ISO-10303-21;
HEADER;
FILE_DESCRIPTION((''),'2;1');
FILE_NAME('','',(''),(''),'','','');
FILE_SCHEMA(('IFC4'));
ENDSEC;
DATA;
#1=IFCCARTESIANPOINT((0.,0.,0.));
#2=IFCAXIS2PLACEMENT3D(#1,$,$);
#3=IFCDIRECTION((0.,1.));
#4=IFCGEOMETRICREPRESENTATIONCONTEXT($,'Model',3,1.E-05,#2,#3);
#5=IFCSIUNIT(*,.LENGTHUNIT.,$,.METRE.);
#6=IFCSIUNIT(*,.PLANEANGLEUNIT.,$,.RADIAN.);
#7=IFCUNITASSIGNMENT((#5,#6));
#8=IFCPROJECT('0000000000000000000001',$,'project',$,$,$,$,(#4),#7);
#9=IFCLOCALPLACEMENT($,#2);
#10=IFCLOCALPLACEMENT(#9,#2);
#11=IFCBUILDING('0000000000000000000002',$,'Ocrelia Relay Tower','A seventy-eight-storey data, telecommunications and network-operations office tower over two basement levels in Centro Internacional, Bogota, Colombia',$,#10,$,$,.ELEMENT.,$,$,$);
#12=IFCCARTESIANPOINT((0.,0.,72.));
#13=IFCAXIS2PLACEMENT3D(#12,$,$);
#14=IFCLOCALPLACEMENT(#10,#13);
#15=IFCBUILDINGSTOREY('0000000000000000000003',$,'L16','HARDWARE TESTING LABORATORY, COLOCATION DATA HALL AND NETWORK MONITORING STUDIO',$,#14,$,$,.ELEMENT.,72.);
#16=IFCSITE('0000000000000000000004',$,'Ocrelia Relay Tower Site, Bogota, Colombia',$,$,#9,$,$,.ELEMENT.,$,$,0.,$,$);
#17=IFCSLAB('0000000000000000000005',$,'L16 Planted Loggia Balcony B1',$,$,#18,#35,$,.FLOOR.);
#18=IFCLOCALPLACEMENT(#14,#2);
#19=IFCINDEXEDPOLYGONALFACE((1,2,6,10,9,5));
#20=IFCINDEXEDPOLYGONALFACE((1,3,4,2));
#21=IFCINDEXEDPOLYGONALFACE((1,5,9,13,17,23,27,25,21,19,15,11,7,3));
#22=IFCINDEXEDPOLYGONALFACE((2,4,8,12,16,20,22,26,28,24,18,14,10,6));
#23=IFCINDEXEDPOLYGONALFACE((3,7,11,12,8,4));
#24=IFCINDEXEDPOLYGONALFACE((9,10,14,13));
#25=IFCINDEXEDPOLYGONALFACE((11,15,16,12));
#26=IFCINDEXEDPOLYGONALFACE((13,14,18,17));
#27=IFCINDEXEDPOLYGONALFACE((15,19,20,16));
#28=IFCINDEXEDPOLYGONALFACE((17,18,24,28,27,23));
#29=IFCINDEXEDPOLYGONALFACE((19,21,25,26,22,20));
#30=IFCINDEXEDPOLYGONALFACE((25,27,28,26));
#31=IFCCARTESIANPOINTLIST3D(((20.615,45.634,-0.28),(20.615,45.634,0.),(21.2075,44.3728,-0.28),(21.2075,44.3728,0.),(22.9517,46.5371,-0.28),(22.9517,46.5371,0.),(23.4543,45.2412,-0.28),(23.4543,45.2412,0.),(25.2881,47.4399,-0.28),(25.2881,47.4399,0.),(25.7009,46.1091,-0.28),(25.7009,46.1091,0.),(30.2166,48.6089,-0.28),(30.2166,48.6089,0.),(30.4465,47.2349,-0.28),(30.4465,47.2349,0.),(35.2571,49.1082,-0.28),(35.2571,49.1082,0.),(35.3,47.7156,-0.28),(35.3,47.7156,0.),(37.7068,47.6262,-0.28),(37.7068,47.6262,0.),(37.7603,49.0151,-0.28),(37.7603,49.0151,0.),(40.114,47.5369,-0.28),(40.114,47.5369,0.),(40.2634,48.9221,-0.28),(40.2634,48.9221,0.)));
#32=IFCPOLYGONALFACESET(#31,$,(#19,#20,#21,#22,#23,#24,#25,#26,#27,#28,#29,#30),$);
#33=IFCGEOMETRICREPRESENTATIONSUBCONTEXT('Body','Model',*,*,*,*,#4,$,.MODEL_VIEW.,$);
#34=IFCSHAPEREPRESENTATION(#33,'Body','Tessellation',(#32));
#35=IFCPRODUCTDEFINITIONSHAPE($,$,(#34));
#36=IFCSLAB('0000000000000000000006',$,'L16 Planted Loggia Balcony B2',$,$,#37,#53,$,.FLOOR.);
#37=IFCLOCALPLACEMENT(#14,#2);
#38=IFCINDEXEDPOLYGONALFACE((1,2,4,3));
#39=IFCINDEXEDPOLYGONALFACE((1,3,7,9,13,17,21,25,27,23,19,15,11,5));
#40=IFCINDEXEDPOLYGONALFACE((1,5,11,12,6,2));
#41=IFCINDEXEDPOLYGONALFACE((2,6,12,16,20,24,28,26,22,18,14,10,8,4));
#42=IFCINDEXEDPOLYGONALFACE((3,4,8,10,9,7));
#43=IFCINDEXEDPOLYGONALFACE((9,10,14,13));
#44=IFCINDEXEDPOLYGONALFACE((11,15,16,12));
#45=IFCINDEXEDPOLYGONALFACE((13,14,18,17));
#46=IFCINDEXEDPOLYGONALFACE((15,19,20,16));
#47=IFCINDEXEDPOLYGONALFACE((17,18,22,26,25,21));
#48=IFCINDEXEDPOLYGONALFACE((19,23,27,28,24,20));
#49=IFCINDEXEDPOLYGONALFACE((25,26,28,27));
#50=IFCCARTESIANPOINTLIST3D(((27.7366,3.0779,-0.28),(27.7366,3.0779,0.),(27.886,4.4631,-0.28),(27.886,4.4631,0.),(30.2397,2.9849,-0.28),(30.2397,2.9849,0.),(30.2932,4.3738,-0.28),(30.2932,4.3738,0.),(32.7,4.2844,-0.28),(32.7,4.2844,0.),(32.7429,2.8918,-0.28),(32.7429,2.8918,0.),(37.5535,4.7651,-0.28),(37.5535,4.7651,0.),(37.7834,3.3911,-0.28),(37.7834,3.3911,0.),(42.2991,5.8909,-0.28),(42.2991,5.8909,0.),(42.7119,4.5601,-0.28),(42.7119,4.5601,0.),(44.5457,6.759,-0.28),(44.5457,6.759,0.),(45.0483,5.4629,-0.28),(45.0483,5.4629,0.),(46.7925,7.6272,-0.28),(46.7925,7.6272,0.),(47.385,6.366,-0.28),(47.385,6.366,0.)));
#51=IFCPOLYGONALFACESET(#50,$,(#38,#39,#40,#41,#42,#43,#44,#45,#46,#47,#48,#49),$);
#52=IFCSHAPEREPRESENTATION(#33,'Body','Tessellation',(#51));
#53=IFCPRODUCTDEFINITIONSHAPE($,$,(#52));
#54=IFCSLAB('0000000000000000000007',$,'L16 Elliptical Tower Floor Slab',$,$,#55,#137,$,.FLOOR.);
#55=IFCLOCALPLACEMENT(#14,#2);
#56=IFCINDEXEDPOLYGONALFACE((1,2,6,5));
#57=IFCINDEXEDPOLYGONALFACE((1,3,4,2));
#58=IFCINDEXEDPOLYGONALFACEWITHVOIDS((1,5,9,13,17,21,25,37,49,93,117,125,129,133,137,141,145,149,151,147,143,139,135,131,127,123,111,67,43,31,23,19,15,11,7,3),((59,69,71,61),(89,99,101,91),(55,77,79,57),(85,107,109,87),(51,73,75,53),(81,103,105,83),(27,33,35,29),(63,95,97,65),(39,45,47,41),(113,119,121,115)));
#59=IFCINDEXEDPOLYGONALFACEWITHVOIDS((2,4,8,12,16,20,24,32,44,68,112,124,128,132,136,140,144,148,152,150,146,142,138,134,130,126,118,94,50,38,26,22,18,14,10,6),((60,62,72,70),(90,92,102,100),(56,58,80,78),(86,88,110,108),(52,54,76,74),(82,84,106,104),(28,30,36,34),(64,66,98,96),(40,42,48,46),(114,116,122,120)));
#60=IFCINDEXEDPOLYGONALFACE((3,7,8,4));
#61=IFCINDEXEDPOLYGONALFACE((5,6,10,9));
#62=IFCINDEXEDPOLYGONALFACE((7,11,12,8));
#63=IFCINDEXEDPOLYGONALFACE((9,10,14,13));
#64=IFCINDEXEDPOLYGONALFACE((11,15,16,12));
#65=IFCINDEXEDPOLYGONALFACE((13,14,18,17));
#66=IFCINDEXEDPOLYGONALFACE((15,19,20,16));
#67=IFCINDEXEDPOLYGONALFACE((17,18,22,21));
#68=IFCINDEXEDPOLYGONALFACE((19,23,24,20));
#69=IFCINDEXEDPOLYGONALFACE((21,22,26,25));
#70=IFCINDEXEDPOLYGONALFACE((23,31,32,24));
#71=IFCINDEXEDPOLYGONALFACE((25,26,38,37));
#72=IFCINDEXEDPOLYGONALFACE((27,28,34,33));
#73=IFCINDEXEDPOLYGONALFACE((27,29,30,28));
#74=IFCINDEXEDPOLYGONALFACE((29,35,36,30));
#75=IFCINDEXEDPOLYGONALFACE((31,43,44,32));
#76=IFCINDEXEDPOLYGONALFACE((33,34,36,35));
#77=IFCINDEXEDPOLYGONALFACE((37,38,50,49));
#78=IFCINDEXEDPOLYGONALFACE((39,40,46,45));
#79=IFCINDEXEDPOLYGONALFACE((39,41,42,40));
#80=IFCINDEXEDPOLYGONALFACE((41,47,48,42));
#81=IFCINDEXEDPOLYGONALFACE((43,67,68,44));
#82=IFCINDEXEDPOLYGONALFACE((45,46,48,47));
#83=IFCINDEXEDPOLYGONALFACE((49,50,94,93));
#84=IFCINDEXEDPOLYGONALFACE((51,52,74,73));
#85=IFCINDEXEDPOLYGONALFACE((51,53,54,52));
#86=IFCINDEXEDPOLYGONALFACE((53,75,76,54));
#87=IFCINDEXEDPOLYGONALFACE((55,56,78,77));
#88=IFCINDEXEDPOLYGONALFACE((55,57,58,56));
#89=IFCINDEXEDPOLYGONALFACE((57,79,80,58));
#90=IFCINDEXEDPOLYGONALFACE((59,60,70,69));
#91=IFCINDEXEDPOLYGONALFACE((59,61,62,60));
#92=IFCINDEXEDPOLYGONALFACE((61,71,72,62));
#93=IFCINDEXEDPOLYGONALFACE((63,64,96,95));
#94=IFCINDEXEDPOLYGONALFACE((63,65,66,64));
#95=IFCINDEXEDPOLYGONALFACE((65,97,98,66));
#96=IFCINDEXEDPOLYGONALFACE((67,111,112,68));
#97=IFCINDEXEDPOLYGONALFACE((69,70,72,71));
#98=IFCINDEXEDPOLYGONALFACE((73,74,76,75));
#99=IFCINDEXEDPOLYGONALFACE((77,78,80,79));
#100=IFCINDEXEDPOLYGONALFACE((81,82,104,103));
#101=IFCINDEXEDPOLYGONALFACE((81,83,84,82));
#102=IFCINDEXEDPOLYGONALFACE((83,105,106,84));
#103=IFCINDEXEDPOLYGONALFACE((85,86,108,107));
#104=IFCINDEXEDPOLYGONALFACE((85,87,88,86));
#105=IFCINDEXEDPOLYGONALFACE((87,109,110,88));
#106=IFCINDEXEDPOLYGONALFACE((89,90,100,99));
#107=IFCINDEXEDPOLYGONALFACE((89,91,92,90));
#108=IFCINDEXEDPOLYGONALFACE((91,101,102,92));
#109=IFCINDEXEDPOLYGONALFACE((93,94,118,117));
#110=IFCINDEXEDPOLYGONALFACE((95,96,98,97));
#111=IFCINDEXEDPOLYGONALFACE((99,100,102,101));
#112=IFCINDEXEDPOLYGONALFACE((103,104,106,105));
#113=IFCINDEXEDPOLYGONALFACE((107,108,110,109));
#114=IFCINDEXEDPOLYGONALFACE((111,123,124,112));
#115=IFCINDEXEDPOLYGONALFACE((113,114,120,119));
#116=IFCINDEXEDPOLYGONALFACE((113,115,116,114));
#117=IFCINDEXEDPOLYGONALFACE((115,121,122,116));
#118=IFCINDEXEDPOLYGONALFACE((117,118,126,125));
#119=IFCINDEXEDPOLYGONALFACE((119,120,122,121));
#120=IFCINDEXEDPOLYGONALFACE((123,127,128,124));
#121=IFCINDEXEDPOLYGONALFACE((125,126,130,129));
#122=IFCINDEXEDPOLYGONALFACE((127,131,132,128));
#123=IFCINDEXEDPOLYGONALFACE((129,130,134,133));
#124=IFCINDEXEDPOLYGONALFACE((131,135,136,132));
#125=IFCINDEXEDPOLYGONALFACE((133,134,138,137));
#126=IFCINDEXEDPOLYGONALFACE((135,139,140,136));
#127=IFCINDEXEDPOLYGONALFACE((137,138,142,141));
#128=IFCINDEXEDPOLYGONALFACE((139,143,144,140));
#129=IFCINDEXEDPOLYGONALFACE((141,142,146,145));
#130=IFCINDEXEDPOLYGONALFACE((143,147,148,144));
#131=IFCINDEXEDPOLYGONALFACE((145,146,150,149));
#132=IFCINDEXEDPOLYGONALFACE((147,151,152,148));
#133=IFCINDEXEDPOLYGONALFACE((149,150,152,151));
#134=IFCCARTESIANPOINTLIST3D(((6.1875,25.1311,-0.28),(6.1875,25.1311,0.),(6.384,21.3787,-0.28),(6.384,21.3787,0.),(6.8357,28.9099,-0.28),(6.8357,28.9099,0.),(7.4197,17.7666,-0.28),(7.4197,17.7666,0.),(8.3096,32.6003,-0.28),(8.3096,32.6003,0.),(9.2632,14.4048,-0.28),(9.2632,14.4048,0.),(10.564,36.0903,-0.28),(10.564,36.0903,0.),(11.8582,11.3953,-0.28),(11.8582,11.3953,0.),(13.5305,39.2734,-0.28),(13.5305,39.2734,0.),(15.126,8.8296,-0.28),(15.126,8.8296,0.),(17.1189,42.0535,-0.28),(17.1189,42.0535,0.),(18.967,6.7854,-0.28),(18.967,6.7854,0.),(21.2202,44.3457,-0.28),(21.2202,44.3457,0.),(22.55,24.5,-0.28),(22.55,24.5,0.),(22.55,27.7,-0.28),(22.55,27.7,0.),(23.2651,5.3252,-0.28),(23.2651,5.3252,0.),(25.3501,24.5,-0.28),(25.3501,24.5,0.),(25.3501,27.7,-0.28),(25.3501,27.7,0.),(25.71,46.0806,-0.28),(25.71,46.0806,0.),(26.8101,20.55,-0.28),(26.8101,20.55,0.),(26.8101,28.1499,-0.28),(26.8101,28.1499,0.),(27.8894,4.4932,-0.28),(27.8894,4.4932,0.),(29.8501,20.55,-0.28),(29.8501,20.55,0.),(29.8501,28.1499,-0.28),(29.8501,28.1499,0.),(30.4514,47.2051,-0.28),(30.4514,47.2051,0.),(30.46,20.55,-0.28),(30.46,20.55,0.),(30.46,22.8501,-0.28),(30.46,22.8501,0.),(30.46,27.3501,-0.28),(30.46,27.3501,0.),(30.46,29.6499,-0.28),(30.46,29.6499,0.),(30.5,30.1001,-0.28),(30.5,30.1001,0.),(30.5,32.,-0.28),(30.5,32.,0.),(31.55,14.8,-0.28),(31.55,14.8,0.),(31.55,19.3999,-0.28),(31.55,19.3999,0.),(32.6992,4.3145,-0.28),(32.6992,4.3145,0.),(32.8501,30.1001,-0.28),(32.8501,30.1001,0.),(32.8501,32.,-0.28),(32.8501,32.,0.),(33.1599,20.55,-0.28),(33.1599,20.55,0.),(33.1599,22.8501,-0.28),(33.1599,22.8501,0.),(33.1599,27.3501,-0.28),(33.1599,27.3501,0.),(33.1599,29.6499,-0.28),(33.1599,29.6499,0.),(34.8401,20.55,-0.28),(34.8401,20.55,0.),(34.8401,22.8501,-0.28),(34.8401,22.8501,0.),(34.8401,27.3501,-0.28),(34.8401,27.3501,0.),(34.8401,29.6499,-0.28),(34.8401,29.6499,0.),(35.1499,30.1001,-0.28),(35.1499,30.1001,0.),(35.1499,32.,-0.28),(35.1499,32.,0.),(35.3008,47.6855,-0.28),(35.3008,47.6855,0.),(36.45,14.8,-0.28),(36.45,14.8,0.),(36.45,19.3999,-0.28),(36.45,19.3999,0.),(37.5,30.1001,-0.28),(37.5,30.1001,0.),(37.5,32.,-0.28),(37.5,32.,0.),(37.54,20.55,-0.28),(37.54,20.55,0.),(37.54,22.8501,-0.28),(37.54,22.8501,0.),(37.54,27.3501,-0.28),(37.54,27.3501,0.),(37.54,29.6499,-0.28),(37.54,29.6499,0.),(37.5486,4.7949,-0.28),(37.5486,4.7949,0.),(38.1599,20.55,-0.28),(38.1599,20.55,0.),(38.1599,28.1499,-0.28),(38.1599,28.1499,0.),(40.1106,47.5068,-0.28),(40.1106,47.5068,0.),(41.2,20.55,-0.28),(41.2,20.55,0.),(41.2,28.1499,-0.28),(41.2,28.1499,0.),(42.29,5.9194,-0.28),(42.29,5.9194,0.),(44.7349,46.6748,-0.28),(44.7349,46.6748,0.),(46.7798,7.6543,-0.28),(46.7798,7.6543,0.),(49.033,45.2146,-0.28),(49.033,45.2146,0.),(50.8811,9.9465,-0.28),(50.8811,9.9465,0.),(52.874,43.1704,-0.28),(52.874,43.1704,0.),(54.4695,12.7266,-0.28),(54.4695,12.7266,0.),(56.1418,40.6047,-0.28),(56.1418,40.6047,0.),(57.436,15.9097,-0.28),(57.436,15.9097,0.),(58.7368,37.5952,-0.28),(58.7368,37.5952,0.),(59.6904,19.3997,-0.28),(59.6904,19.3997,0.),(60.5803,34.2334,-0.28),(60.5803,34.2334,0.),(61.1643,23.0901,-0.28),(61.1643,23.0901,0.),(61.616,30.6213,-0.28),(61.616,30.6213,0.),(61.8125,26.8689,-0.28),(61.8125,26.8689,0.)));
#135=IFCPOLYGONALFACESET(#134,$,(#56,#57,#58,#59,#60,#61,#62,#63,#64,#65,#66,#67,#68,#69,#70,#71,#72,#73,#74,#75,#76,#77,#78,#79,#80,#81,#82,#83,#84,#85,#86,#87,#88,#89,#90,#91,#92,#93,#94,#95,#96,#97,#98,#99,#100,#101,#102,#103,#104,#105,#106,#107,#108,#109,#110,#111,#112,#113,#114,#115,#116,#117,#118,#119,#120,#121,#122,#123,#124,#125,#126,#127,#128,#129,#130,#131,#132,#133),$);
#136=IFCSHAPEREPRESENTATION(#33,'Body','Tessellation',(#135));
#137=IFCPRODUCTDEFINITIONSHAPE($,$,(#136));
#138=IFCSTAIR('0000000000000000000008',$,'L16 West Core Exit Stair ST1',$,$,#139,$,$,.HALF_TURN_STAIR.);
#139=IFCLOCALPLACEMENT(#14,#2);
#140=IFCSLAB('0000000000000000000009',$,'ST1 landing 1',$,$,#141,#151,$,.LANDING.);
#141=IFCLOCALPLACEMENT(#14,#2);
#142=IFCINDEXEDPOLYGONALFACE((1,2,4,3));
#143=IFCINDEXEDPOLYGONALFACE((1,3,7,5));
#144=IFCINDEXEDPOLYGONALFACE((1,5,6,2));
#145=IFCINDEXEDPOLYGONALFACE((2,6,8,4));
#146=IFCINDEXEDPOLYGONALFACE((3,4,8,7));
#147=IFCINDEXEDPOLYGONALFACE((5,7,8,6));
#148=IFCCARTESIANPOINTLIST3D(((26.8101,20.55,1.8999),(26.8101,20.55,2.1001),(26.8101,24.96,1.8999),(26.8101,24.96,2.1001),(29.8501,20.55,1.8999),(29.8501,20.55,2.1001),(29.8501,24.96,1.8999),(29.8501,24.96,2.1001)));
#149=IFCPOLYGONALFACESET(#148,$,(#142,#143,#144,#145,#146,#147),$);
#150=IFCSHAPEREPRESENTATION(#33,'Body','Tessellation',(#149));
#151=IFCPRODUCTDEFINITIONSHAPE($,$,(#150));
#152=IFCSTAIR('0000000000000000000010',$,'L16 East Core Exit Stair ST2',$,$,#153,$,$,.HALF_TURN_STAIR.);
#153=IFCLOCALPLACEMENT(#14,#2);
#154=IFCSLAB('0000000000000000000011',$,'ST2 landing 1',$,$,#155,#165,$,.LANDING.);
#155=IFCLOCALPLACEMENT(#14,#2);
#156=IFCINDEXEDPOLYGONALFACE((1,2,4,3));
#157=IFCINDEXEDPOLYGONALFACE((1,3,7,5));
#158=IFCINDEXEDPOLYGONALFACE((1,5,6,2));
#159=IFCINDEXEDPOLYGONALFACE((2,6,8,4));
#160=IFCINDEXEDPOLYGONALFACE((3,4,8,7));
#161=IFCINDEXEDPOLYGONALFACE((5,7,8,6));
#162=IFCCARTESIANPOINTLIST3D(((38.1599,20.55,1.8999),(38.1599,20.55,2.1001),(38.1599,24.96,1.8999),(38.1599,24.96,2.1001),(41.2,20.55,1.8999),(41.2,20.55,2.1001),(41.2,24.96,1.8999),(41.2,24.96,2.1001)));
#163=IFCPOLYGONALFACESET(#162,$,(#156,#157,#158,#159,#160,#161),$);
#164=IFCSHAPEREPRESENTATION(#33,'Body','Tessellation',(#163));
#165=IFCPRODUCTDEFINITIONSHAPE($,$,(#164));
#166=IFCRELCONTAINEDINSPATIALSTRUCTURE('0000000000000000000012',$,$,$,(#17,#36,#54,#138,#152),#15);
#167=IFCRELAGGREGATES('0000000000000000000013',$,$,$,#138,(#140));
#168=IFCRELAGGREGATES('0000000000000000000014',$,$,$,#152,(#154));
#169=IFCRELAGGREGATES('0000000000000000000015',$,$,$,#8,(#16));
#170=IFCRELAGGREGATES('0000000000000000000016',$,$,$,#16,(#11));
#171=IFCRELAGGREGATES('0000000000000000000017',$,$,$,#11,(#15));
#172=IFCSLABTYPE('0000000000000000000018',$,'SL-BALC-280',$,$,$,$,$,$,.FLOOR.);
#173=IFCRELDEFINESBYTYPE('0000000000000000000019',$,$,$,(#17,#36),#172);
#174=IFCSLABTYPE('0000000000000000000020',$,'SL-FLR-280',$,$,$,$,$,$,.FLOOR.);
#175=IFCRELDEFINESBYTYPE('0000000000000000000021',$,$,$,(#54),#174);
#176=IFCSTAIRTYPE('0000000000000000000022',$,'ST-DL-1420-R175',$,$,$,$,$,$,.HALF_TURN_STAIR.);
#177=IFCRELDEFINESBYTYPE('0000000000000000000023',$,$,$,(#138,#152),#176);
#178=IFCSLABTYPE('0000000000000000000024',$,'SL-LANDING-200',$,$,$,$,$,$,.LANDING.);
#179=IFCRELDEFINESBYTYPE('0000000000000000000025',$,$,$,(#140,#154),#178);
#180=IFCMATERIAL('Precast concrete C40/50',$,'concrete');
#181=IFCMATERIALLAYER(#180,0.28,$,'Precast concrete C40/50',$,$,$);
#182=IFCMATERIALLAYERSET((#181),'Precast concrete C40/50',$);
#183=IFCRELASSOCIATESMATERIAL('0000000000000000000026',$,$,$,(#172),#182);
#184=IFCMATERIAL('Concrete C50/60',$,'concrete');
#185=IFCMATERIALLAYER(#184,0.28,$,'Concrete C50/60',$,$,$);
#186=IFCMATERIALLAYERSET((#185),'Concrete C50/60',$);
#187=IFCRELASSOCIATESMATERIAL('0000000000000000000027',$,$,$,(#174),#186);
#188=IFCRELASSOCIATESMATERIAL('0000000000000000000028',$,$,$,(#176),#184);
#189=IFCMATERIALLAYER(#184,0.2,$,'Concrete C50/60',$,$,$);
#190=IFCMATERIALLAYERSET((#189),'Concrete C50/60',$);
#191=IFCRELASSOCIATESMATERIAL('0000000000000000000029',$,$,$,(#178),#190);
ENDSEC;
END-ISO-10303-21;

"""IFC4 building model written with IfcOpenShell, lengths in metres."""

from ifc_helpers import new_model, si_unit, direction, frame, origin, place, context, subcontext, project, spatial, polyline, outline, extrude, material, layer, layer_set, type_object, element, aggregate, save


model = new_model("IFC4")

# Units and contexts
model_context = context("Model", 3, precision=1e-05, world=origin(), true_north=direction((0.0, 1.0)))
body_context = subcontext(model_context, "Body", "Model", "MODEL_VIEW")
ifc_project = project(units=[si_unit("LENGTHUNIT", "METRE"), si_unit("PLANEANGLEUNIT", "RADIAN")], contexts=[model_context])

# Site, building, storey
site_placement = place(None, origin())
site = spatial("IfcSite", under=ifc_project, at=site_placement, Name="Ocrelia Relay Tower Site, Bogota, Colombia", CompositionType="ELEMENT", RefElevation=0.0)
building_placement = place(site_placement, origin())
building = spatial("IfcBuilding", under=site, at=building_placement, Name="Ocrelia Relay Tower", Description="A seventy-eight-storey data, telecommunications and network-operations office tower over two basement levels in Centro Internacional, Bogota, Colombia", CompositionType="ELEMENT")
storey_placement = place(building_placement, frame((0.0, 0.0, 72.0)))
storey = spatial("IfcBuildingStorey", under=building, at=storey_placement, Name="L16", Description="HARDWARE TESTING LABORATORY, COLOCATION DATA HALL AND NETWORK MONITORING STUDIO", CompositionType="ELEMENT", Elevation=72.0)

# Slabs
ifc_material_1 = material(Name="Precast concrete C40/50", Category="concrete")
ifc_layer_1 = layer(ifc_material_1, 0.28, Name="Precast concrete C40/50")
ifc_layer_set_1 = layer_set([ifc_layer_1], Name="Precast concrete C40/50")
slab_type_1 = type_object("IfcSlabType", Name="SL-BALC-280", PredefinedType="FLOOR", material=ifc_layer_set_1)
slab_1_placement = place(storey_placement, frame((0.0, 0.0, -0.28)))
element("IfcSlab", 1, at=slab_1_placement, inside=storey, type_object=slab_type_1, Name="L16 Planted Loggia Balcony B1", PredefinedType="FLOOR", context=body_context, shape_type="SweptSolid", body=[
    extrude(outline(polyline([(40.114, 47.5369), (37.7068, 47.6262), (35.3, 47.7156), (30.4465, 47.2349), (25.7009, 46.1091), (23.4543, 45.2412), (21.2075, 44.3728), (20.615, 45.634), (22.9517, 46.5371), (25.2881, 47.4399), (30.2166, 48.6089), (35.2571, 49.1082), (37.7603, 49.0151), (40.2634, 48.9221), (40.114, 47.5369)])), origin(), (0.0, 0.0, 1.0), 0.28),
])
slab_2_placement = place(storey_placement, frame((0.0, 0.0, -0.28)))
element("IfcSlab", 2, at=slab_2_placement, inside=storey, type_object=slab_type_1, Name="L16 Planted Loggia Balcony B2", PredefinedType="FLOOR", context=body_context, shape_type="SweptSolid", body=[
    extrude(outline(polyline([(27.886, 4.4631), (30.2932, 4.3738), (32.7, 4.2844), (37.5535, 4.7651), (42.2991, 5.8909), (44.5457, 6.759), (46.7925, 7.6272), (47.385, 6.366), (45.0483, 5.4629), (42.7119, 4.5601), (37.7834, 3.3911), (32.7429, 2.8918), (30.2397, 2.9849), (27.7366, 3.0779), (27.886, 4.4631)])), origin(), (0.0, 0.0, 1.0), 0.28),
])
ifc_material_2 = material(Name="Concrete C50/60", Category="concrete")
ifc_layer_2 = layer(ifc_material_2, 0.28, Name="Concrete C50/60")
ifc_layer_set_2 = layer_set([ifc_layer_2], Name="Concrete C50/60")
slab_type_2 = type_object("IfcSlabType", Name="SL-FLR-280", PredefinedType="FLOOR", material=ifc_layer_set_2)
slab_3_placement = place(storey_placement, frame((0.0, 0.0, -0.28)))
element("IfcSlab", 3, at=slab_3_placement, inside=storey, type_object=slab_type_2, Name="L16 Elliptical Tower Floor Slab", PredefinedType="FLOOR", context=body_context, shape_type="SweptSolid", body=[
    extrude(outline(polyline([(61.616, 30.6213), (60.5803, 34.2334), (58.7368, 37.5952), (56.1418, 40.6047), (52.874, 43.1704), (49.033, 45.2146), (44.7349, 46.6748), (40.1106, 47.5068), (35.3008, 47.6855), (30.4514, 47.2051), (25.71, 46.0806), (21.2202, 44.3457), (17.1189, 42.0535), (13.5305, 39.2734), (10.564, 36.0903), (8.3096, 32.6003), (6.8357, 28.9099), (6.1875, 25.1311), (6.384, 21.3787), (7.4197, 17.7666), (9.2632, 14.4048), (11.8582, 11.3953), (15.126, 8.8296), (18.967, 6.7854), (23.2651, 5.3252), (27.8894, 4.4932), (32.6992, 4.3145), (37.5486, 4.7949), (42.29, 5.9194), (46.7798, 7.6543), (50.8811, 9.9465), (54.4695, 12.7266), (57.436, 15.9097), (59.6904, 19.3997), (61.1643, 23.0901), (61.8125, 26.8689), (61.616, 30.6213)]), holes=[polyline([(26.8101, 28.1499), (26.8101, 20.55), (29.8501, 20.55), (29.8501, 28.1499), (26.8101, 28.1499)]), polyline([(38.1599, 28.1499), (38.1599, 20.55), (41.2, 20.55), (41.2, 28.1499), (38.1599, 28.1499)]), polyline([(30.46, 20.55), (33.1599, 20.55), (33.1599, 22.8501), (30.46, 22.8501), (30.46, 20.55)]), polyline([(34.8401, 20.55), (37.54, 20.55), (37.54, 22.8501), (34.8401, 22.8501), (34.8401, 20.55)]), polyline([(30.46, 27.3501), (33.1599, 27.3501), (33.1599, 29.6499), (30.46, 29.6499), (30.46, 27.3501)]), polyline([(34.8401, 27.3501), (37.54, 27.3501), (37.54, 29.6499), (34.8401, 29.6499), (34.8401, 27.3501)]), polyline([(30.5, 30.1001), (32.8501, 30.1001), (32.8501, 32.0), (30.5, 32.0), (30.5, 30.1001)]), polyline([(35.1499, 30.1001), (37.5, 30.1001), (37.5, 32.0), (35.1499, 32.0), (35.1499, 30.1001)]), polyline([(22.55, 24.5), (25.3501, 24.5), (25.3501, 27.7), (22.55, 27.7), (22.55, 24.5)]), polyline([(31.55, 14.8), (36.45, 14.8), (36.45, 19.3999), (31.55, 19.3999), (31.55, 14.8)])]), origin(), (0.0, 0.0, 1.0), 0.28),
])

# Stairs, slabs
stair_type = type_object("IfcStairType", Name="ST-DL-1420-R175", PredefinedType="HALF_TURN_STAIR", material=ifc_material_2)
stair_1_placement = place(storey_placement, origin())
stair_1 = element("IfcStair", 4, at=stair_1_placement, inside=storey, type_object=stair_type, Name="L16 West Core Exit Stair ST1", PredefinedType="HALF_TURN_STAIR")
ifc_layer_3 = layer(ifc_material_2, 0.2, Name="Concrete C50/60")
ifc_layer_set_3 = layer_set([ifc_layer_3], Name="Concrete C50/60")
slab_type_3 = type_object("IfcSlabType", Name="SL-LANDING-200", PredefinedType="LANDING", material=ifc_layer_set_3)
slab_4_placement = place(storey_placement, frame((0.0, 0.0, 1.8999)))
slab_4 = element("IfcSlab", 5, at=slab_4_placement, type_object=slab_type_3, Name="ST1 landing 1", PredefinedType="LANDING", context=body_context, shape_type="SweptSolid", body=[
    extrude(outline(polyline([(26.8101, 24.96), (26.8101, 20.55), (29.8501, 20.55), (29.8501, 24.96), (26.8101, 24.96)])), origin(), (0.0, 0.0, 1.0), 0.2002),
])
aggregate(stair_1, [slab_4])
stair_2_placement = place(storey_placement, origin())
stair_2 = element("IfcStair", 6, at=stair_2_placement, inside=storey, type_object=stair_type, Name="L16 East Core Exit Stair ST2", PredefinedType="HALF_TURN_STAIR")
slab_5_placement = place(storey_placement, frame((0.0, 0.0, 1.8999)))
slab_5 = element("IfcSlab", 7, at=slab_5_placement, type_object=slab_type_3, Name="ST2 landing 1", PredefinedType="LANDING", context=body_context, shape_type="SweptSolid", body=[
    extrude(outline(polyline([(38.1599, 24.96), (38.1599, 20.55), (41.2, 20.55), (41.2, 24.96), (38.1599, 24.96)])), origin(), (0.0, 0.0, 1.0), 0.2002),
])
aggregate(stair_2, [slab_5])

save(model, "model.ifc")
